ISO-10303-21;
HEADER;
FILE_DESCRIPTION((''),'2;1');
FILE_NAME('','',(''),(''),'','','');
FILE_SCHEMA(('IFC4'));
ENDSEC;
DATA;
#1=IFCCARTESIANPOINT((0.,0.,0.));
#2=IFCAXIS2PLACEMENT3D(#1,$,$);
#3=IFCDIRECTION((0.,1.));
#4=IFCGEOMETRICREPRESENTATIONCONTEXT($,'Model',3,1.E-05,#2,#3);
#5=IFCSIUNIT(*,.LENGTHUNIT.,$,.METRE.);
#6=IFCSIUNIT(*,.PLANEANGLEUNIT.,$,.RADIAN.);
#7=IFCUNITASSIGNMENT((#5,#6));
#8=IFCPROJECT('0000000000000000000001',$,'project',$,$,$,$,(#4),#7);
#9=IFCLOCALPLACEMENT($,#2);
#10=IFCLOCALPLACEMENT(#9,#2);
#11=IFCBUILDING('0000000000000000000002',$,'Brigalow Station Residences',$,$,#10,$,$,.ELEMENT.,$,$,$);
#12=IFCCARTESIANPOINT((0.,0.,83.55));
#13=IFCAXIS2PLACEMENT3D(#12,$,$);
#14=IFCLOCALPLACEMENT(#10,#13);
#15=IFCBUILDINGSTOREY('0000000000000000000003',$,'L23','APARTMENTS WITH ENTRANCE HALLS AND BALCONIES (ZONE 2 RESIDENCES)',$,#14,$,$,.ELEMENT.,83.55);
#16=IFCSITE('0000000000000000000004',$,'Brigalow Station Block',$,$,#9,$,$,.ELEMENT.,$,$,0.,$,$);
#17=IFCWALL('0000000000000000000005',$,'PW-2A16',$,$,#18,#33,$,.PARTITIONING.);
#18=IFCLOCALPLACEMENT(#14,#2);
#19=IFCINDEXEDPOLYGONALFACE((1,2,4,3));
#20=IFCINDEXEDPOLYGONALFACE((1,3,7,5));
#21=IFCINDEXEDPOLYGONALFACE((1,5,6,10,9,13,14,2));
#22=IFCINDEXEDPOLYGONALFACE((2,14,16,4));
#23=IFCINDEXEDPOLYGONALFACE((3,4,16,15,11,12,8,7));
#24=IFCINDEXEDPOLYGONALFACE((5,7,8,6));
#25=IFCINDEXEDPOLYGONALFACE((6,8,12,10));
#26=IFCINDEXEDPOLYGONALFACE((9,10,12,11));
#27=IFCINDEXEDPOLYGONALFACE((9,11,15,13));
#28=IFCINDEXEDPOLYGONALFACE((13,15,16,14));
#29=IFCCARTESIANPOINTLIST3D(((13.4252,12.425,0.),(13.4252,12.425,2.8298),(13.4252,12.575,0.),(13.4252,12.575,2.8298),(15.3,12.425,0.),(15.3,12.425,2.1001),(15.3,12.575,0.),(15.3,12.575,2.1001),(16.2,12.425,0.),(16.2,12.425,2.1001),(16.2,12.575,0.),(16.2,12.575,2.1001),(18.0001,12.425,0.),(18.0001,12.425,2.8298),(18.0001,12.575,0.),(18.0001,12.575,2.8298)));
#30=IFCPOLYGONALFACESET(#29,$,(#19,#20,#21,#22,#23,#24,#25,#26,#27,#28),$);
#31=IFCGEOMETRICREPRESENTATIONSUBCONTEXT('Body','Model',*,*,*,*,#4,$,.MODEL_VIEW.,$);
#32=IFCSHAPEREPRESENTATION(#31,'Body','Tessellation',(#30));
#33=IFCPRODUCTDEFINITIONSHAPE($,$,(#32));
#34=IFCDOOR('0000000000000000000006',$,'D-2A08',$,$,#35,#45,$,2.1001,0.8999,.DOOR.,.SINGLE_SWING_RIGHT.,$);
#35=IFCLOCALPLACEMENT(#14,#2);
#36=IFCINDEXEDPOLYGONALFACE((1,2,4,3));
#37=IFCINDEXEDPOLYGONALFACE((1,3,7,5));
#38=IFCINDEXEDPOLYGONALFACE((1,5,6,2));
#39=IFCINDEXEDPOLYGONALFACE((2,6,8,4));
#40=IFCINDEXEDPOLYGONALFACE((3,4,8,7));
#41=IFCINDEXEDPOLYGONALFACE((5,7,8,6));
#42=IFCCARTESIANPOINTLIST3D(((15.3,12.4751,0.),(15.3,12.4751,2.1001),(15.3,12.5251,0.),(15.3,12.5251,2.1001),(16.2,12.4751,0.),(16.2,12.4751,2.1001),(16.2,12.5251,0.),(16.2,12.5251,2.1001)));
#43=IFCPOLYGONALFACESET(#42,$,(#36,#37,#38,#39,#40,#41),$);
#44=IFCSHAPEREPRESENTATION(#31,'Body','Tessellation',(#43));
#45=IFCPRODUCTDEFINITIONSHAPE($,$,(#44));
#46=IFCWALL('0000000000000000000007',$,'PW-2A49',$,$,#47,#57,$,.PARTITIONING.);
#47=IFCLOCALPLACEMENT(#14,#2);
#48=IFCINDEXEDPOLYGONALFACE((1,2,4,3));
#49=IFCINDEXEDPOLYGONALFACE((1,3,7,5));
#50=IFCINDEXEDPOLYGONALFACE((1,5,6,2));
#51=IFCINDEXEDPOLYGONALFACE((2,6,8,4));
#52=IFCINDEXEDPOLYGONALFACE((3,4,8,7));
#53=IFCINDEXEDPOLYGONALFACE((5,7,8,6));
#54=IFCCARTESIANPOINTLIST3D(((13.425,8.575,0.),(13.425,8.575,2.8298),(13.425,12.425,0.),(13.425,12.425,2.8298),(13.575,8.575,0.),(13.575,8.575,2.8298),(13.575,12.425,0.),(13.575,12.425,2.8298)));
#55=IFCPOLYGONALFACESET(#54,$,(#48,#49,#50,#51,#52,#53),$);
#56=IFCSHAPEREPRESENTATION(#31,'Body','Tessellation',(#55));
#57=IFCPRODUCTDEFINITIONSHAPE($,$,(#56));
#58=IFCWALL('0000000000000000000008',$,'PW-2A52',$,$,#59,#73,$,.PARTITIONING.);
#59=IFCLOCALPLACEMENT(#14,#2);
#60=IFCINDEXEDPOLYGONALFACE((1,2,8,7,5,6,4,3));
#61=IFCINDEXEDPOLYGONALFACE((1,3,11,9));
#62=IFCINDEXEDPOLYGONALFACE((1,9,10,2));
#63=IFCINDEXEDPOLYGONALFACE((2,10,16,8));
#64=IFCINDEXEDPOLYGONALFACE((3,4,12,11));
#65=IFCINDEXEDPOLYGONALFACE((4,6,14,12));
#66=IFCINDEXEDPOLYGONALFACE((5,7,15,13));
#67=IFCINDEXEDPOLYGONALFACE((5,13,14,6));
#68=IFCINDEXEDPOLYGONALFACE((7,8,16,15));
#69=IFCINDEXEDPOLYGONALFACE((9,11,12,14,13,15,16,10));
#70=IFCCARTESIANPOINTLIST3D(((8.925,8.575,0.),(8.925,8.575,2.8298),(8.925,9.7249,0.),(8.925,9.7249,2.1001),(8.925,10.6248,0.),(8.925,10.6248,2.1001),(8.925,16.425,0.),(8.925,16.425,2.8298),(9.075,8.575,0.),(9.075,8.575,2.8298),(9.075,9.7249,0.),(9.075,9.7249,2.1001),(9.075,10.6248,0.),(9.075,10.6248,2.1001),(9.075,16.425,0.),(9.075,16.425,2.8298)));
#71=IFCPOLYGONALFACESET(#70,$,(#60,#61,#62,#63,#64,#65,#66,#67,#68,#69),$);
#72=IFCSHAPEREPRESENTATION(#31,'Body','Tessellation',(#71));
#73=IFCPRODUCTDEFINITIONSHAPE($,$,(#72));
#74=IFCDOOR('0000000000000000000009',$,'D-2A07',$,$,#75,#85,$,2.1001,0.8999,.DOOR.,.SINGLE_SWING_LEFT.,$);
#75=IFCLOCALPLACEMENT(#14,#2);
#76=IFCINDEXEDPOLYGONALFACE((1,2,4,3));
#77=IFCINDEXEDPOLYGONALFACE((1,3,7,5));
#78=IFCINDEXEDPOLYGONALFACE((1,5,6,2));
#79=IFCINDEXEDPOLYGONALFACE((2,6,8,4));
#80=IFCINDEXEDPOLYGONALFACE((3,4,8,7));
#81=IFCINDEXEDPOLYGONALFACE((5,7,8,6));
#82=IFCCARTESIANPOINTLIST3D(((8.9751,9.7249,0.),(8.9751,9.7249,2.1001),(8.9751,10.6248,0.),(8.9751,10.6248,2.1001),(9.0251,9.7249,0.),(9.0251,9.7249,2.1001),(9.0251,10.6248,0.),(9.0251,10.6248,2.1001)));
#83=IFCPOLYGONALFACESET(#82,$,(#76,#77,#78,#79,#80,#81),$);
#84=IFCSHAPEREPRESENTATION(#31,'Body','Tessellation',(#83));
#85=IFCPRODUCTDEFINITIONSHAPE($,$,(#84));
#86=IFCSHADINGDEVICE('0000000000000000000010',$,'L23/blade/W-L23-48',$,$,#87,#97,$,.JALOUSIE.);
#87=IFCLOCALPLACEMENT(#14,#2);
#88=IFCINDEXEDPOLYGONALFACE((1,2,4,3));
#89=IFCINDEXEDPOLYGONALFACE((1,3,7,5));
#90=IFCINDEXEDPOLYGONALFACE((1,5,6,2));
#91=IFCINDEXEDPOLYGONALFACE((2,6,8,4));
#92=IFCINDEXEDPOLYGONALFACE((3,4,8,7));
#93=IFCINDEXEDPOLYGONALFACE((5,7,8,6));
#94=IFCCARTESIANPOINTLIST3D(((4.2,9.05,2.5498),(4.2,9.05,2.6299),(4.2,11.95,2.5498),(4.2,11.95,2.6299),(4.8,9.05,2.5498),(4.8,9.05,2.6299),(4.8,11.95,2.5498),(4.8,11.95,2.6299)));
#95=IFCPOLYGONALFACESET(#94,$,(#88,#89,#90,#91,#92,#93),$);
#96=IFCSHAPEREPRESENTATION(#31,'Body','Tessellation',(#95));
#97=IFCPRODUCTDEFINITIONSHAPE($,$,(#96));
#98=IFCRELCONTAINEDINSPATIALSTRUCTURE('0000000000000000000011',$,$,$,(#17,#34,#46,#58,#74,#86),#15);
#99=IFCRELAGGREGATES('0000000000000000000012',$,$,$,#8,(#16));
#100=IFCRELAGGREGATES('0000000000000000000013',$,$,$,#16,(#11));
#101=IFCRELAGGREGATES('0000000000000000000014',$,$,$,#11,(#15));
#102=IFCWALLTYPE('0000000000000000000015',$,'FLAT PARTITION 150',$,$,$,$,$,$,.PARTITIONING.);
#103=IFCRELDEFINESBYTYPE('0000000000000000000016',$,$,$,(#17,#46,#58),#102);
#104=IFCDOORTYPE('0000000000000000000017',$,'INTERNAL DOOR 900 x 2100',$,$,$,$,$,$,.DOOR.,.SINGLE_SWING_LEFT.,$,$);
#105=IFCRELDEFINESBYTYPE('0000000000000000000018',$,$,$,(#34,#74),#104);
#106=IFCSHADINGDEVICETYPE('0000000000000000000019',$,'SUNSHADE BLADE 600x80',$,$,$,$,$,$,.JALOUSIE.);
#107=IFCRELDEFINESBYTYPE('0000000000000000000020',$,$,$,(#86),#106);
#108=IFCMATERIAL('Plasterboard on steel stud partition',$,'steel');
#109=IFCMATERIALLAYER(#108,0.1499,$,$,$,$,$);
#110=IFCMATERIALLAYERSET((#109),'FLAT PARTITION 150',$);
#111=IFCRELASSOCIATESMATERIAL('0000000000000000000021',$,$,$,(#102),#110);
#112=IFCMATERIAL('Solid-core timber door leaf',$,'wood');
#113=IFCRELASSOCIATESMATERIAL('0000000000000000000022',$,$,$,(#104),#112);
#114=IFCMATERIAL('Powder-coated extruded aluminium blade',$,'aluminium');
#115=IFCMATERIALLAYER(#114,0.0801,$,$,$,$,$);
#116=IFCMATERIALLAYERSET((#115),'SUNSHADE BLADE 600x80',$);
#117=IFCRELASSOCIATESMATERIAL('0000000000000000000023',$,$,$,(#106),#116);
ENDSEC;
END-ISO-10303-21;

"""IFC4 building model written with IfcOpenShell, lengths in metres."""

from ifc_helpers import new_model, si_unit, direction, frame, frame_2d, origin, origin_2d, place, context, subcontext, project, spatial, rectangle, extrude, material, layer, layer_set, type_object, element, fill, save


model = new_model("IFC4")

# Units and contexts
model_context = context("Model", 3, precision=1e-05, world=origin(), true_north=direction((0.0, 1.0)))
body_context = subcontext(model_context, "Body", "Model", "MODEL_VIEW")
ifc_project = project(units=[si_unit("LENGTHUNIT", "METRE"), si_unit("PLANEANGLEUNIT", "RADIAN")], contexts=[model_context])

# Site, building, storey
site_placement = place(None, origin())
site = spatial("IfcSite", under=ifc_project, at=site_placement, Name="Brigalow Station Block", CompositionType="ELEMENT", RefElevation=0.0)
building_placement = place(site_placement, origin())
building = spatial("IfcBuilding", under=site, at=building_placement, Name="Brigalow Station Residences", CompositionType="ELEMENT")
storey_placement = place(building_placement, frame((0.0, 0.0, 83.55)))
storey = spatial("IfcBuildingStorey", under=building, at=storey_placement, Name="L23", Description="APARTMENTS WITH ENTRANCE HALLS AND BALCONIES (ZONE 2 RESIDENCES)", CompositionType="ELEMENT", Elevation=83.55)

# Wall, opening, door
ifc_material_1 = material(Name="Plasterboard on steel stud partition", Category="steel")
ifc_layer_1 = layer(ifc_material_1, 0.1499)
ifc_layer_set_1 = layer_set([ifc_layer_1], Name="FLAT PARTITION 150")
wall_type_1 = type_object("IfcWallType", Name="FLAT PARTITION 150", PredefinedType="PARTITIONING", material=ifc_layer_set_1)
ifc_material_2 = material(Name="Solid-core timber door leaf", Category="wood")
door_type = type_object("IfcDoorType", Name="INTERNAL DOOR 900 x 2100", OperationType="SINGLE_SWING_LEFT", PredefinedType="DOOR", material=ifc_material_2)
wall_1_placement = place(storey_placement, frame((13.425, 12.5, 0.0), z_axis=(0.0, 0.0, 1.0), x_axis=(1.0, 0.0, 0.0)))
wall_1 = element("IfcWall", 1, at=wall_1_placement, inside=storey, type_object=wall_type_1, Name="PW-2A16", PredefinedType="PARTITIONING", context=body_context, shape_type="SweptSolid", body=[
    extrude(rectangle(XDim=4.575, YDim=0.1499, at=frame_2d((2.2876, 0.0))), origin(), (0.0, 0.0, 1.0), 2.8298),
])
opening_1_placement = place(wall_1_placement, frame((1.875, 0.0, 0.0)))
opening_1 = element("IfcOpeningElement", 2, at=opening_1_placement, cuts=wall_1, PredefinedType="OPENING", context=body_context, shape_type="SweptSolid", body=[
    extrude(rectangle(XDim=0.8999, YDim=2.1001, at=frame_2d((0.45, 1.05))), frame((0.0, 0.085, 0.0), z_axis=(0.0, -1.0, 0.0), x_axis=(1.0, 0.0, 0.0)), (0.0, 0.0, 1.0), 0.1699),
])
door_1_placement = place(opening_1_placement, frame((0.8999, 0.0, 0.0), z_axis=(0.0, 0.0, 1.0), x_axis=(-1.0, 0.0, 0.0)))
door_1 = element("IfcDoor", 3, at=door_1_placement, inside=storey, type_object=door_type, Name="D-2A08", OperationType="SINGLE_SWING_RIGHT", OverallHeight=2.1001, OverallWidth=0.8999, PredefinedType="DOOR", context=body_context, shape_type="SweptSolid", body=[
    extrude(rectangle(XDim=0.8999, YDim=2.1001, at=frame_2d((0.45, 1.05))), frame((0.0, 0.0249, 0.0), z_axis=(0.0, -1.0, 0.0), x_axis=(1.0, 0.0, 0.0)), (0.0, 0.0, 1.0), 0.05),
])
fill(opening_1, door_1)

# Wall
wall_2_placement = place(storey_placement, frame((13.5, 8.575, 0.0), z_axis=(0.0, 0.0, 1.0), x_axis=(0.0, 1.0, 0.0)))
element("IfcWall", 4, at=wall_2_placement, inside=storey, type_object=wall_type_1, Name="PW-2A49", PredefinedType="PARTITIONING", context=body_context, shape_type="SweptSolid", body=[
    extrude(rectangle(XDim=3.8501, YDim=0.1499, at=frame_2d((1.925, 0.0))), origin(), (0.0, 0.0, 1.0), 2.8298),
])

# Wall, opening, door
wall_3_placement = place(storey_placement, frame((9.0, 8.575, 0.0), z_axis=(0.0, 0.0, 1.0), x_axis=(0.0, 1.0, 0.0)))
wall_3 = element("IfcWall", 5, at=wall_3_placement, inside=storey, type_object=wall_type_1, Name="PW-2A52", PredefinedType="PARTITIONING", context=body_context, shape_type="SweptSolid", body=[
    extrude(rectangle(XDim=7.8501, YDim=0.1499, at=frame_2d((3.925, 0.0))), origin(), (0.0, 0.0, 1.0), 2.8298),
])
opening_2_placement = place(wall_3_placement, frame((1.1499, 0.0, 0.0)))
opening_2 = element("IfcOpeningElement", 6, at=opening_2_placement, cuts=wall_3, PredefinedType="OPENING", context=body_context, shape_type="SweptSolid", body=[
    extrude(rectangle(XDim=0.8999, YDim=2.1001, at=frame_2d((0.45, 1.05))), frame((0.0, 0.085, 0.0), z_axis=(0.0, -1.0, 0.0), x_axis=(1.0, 0.0, 0.0)), (0.0, 0.0, 1.0), 0.1699),
])
door_2_placement = place(opening_2_placement, origin())
door_2 = element("IfcDoor", 7, at=door_2_placement, inside=storey, type_object=door_type, Name="D-2A07", OperationType="SINGLE_SWING_LEFT", OverallHeight=2.1001, OverallWidth=0.8999, PredefinedType="DOOR", context=body_context, shape_type="SweptSolid", body=[
    extrude(rectangle(XDim=0.8999, YDim=2.1001, at=frame_2d((0.45, 1.05))), frame((0.0, 0.0249, 0.0), z_axis=(0.0, -1.0, 0.0), x_axis=(1.0, 0.0, 0.0)), (0.0, 0.0, 1.0), 0.05),
])
fill(opening_2, door_2)

# Shading device
ifc_material_3 = material(Name="Powder-coated extruded aluminium blade", Category="aluminium")
ifc_layer_2 = layer(ifc_material_3, 0.0801)
ifc_layer_set_2 = layer_set([ifc_layer_2], Name="SUNSHADE BLADE 600x80")
shading_device_type = type_object("IfcShadingDeviceType", Name="SUNSHADE BLADE 600x80", PredefinedType="JALOUSIE", material=ifc_layer_set_2)
shading_device_placement = place(storey_placement, frame((4.5, 10.5, 2.5498), z_axis=(0.0, 0.0, 1.0), x_axis=(0.0, -1.0, 0.0)))
element("IfcShadingDevice", 8, at=shading_device_placement, inside=storey, type_object=shading_device_type, Name="L23/blade/W-L23-48", PredefinedType="JALOUSIE", context=body_context, shape_type="SweptSolid", body=[
    extrude(rectangle(XDim=2.8999, YDim=0.6001, at=origin_2d()), origin(), (0.0, 0.0, 1.0), 0.0801),
])

save(model, "model.ifc")
